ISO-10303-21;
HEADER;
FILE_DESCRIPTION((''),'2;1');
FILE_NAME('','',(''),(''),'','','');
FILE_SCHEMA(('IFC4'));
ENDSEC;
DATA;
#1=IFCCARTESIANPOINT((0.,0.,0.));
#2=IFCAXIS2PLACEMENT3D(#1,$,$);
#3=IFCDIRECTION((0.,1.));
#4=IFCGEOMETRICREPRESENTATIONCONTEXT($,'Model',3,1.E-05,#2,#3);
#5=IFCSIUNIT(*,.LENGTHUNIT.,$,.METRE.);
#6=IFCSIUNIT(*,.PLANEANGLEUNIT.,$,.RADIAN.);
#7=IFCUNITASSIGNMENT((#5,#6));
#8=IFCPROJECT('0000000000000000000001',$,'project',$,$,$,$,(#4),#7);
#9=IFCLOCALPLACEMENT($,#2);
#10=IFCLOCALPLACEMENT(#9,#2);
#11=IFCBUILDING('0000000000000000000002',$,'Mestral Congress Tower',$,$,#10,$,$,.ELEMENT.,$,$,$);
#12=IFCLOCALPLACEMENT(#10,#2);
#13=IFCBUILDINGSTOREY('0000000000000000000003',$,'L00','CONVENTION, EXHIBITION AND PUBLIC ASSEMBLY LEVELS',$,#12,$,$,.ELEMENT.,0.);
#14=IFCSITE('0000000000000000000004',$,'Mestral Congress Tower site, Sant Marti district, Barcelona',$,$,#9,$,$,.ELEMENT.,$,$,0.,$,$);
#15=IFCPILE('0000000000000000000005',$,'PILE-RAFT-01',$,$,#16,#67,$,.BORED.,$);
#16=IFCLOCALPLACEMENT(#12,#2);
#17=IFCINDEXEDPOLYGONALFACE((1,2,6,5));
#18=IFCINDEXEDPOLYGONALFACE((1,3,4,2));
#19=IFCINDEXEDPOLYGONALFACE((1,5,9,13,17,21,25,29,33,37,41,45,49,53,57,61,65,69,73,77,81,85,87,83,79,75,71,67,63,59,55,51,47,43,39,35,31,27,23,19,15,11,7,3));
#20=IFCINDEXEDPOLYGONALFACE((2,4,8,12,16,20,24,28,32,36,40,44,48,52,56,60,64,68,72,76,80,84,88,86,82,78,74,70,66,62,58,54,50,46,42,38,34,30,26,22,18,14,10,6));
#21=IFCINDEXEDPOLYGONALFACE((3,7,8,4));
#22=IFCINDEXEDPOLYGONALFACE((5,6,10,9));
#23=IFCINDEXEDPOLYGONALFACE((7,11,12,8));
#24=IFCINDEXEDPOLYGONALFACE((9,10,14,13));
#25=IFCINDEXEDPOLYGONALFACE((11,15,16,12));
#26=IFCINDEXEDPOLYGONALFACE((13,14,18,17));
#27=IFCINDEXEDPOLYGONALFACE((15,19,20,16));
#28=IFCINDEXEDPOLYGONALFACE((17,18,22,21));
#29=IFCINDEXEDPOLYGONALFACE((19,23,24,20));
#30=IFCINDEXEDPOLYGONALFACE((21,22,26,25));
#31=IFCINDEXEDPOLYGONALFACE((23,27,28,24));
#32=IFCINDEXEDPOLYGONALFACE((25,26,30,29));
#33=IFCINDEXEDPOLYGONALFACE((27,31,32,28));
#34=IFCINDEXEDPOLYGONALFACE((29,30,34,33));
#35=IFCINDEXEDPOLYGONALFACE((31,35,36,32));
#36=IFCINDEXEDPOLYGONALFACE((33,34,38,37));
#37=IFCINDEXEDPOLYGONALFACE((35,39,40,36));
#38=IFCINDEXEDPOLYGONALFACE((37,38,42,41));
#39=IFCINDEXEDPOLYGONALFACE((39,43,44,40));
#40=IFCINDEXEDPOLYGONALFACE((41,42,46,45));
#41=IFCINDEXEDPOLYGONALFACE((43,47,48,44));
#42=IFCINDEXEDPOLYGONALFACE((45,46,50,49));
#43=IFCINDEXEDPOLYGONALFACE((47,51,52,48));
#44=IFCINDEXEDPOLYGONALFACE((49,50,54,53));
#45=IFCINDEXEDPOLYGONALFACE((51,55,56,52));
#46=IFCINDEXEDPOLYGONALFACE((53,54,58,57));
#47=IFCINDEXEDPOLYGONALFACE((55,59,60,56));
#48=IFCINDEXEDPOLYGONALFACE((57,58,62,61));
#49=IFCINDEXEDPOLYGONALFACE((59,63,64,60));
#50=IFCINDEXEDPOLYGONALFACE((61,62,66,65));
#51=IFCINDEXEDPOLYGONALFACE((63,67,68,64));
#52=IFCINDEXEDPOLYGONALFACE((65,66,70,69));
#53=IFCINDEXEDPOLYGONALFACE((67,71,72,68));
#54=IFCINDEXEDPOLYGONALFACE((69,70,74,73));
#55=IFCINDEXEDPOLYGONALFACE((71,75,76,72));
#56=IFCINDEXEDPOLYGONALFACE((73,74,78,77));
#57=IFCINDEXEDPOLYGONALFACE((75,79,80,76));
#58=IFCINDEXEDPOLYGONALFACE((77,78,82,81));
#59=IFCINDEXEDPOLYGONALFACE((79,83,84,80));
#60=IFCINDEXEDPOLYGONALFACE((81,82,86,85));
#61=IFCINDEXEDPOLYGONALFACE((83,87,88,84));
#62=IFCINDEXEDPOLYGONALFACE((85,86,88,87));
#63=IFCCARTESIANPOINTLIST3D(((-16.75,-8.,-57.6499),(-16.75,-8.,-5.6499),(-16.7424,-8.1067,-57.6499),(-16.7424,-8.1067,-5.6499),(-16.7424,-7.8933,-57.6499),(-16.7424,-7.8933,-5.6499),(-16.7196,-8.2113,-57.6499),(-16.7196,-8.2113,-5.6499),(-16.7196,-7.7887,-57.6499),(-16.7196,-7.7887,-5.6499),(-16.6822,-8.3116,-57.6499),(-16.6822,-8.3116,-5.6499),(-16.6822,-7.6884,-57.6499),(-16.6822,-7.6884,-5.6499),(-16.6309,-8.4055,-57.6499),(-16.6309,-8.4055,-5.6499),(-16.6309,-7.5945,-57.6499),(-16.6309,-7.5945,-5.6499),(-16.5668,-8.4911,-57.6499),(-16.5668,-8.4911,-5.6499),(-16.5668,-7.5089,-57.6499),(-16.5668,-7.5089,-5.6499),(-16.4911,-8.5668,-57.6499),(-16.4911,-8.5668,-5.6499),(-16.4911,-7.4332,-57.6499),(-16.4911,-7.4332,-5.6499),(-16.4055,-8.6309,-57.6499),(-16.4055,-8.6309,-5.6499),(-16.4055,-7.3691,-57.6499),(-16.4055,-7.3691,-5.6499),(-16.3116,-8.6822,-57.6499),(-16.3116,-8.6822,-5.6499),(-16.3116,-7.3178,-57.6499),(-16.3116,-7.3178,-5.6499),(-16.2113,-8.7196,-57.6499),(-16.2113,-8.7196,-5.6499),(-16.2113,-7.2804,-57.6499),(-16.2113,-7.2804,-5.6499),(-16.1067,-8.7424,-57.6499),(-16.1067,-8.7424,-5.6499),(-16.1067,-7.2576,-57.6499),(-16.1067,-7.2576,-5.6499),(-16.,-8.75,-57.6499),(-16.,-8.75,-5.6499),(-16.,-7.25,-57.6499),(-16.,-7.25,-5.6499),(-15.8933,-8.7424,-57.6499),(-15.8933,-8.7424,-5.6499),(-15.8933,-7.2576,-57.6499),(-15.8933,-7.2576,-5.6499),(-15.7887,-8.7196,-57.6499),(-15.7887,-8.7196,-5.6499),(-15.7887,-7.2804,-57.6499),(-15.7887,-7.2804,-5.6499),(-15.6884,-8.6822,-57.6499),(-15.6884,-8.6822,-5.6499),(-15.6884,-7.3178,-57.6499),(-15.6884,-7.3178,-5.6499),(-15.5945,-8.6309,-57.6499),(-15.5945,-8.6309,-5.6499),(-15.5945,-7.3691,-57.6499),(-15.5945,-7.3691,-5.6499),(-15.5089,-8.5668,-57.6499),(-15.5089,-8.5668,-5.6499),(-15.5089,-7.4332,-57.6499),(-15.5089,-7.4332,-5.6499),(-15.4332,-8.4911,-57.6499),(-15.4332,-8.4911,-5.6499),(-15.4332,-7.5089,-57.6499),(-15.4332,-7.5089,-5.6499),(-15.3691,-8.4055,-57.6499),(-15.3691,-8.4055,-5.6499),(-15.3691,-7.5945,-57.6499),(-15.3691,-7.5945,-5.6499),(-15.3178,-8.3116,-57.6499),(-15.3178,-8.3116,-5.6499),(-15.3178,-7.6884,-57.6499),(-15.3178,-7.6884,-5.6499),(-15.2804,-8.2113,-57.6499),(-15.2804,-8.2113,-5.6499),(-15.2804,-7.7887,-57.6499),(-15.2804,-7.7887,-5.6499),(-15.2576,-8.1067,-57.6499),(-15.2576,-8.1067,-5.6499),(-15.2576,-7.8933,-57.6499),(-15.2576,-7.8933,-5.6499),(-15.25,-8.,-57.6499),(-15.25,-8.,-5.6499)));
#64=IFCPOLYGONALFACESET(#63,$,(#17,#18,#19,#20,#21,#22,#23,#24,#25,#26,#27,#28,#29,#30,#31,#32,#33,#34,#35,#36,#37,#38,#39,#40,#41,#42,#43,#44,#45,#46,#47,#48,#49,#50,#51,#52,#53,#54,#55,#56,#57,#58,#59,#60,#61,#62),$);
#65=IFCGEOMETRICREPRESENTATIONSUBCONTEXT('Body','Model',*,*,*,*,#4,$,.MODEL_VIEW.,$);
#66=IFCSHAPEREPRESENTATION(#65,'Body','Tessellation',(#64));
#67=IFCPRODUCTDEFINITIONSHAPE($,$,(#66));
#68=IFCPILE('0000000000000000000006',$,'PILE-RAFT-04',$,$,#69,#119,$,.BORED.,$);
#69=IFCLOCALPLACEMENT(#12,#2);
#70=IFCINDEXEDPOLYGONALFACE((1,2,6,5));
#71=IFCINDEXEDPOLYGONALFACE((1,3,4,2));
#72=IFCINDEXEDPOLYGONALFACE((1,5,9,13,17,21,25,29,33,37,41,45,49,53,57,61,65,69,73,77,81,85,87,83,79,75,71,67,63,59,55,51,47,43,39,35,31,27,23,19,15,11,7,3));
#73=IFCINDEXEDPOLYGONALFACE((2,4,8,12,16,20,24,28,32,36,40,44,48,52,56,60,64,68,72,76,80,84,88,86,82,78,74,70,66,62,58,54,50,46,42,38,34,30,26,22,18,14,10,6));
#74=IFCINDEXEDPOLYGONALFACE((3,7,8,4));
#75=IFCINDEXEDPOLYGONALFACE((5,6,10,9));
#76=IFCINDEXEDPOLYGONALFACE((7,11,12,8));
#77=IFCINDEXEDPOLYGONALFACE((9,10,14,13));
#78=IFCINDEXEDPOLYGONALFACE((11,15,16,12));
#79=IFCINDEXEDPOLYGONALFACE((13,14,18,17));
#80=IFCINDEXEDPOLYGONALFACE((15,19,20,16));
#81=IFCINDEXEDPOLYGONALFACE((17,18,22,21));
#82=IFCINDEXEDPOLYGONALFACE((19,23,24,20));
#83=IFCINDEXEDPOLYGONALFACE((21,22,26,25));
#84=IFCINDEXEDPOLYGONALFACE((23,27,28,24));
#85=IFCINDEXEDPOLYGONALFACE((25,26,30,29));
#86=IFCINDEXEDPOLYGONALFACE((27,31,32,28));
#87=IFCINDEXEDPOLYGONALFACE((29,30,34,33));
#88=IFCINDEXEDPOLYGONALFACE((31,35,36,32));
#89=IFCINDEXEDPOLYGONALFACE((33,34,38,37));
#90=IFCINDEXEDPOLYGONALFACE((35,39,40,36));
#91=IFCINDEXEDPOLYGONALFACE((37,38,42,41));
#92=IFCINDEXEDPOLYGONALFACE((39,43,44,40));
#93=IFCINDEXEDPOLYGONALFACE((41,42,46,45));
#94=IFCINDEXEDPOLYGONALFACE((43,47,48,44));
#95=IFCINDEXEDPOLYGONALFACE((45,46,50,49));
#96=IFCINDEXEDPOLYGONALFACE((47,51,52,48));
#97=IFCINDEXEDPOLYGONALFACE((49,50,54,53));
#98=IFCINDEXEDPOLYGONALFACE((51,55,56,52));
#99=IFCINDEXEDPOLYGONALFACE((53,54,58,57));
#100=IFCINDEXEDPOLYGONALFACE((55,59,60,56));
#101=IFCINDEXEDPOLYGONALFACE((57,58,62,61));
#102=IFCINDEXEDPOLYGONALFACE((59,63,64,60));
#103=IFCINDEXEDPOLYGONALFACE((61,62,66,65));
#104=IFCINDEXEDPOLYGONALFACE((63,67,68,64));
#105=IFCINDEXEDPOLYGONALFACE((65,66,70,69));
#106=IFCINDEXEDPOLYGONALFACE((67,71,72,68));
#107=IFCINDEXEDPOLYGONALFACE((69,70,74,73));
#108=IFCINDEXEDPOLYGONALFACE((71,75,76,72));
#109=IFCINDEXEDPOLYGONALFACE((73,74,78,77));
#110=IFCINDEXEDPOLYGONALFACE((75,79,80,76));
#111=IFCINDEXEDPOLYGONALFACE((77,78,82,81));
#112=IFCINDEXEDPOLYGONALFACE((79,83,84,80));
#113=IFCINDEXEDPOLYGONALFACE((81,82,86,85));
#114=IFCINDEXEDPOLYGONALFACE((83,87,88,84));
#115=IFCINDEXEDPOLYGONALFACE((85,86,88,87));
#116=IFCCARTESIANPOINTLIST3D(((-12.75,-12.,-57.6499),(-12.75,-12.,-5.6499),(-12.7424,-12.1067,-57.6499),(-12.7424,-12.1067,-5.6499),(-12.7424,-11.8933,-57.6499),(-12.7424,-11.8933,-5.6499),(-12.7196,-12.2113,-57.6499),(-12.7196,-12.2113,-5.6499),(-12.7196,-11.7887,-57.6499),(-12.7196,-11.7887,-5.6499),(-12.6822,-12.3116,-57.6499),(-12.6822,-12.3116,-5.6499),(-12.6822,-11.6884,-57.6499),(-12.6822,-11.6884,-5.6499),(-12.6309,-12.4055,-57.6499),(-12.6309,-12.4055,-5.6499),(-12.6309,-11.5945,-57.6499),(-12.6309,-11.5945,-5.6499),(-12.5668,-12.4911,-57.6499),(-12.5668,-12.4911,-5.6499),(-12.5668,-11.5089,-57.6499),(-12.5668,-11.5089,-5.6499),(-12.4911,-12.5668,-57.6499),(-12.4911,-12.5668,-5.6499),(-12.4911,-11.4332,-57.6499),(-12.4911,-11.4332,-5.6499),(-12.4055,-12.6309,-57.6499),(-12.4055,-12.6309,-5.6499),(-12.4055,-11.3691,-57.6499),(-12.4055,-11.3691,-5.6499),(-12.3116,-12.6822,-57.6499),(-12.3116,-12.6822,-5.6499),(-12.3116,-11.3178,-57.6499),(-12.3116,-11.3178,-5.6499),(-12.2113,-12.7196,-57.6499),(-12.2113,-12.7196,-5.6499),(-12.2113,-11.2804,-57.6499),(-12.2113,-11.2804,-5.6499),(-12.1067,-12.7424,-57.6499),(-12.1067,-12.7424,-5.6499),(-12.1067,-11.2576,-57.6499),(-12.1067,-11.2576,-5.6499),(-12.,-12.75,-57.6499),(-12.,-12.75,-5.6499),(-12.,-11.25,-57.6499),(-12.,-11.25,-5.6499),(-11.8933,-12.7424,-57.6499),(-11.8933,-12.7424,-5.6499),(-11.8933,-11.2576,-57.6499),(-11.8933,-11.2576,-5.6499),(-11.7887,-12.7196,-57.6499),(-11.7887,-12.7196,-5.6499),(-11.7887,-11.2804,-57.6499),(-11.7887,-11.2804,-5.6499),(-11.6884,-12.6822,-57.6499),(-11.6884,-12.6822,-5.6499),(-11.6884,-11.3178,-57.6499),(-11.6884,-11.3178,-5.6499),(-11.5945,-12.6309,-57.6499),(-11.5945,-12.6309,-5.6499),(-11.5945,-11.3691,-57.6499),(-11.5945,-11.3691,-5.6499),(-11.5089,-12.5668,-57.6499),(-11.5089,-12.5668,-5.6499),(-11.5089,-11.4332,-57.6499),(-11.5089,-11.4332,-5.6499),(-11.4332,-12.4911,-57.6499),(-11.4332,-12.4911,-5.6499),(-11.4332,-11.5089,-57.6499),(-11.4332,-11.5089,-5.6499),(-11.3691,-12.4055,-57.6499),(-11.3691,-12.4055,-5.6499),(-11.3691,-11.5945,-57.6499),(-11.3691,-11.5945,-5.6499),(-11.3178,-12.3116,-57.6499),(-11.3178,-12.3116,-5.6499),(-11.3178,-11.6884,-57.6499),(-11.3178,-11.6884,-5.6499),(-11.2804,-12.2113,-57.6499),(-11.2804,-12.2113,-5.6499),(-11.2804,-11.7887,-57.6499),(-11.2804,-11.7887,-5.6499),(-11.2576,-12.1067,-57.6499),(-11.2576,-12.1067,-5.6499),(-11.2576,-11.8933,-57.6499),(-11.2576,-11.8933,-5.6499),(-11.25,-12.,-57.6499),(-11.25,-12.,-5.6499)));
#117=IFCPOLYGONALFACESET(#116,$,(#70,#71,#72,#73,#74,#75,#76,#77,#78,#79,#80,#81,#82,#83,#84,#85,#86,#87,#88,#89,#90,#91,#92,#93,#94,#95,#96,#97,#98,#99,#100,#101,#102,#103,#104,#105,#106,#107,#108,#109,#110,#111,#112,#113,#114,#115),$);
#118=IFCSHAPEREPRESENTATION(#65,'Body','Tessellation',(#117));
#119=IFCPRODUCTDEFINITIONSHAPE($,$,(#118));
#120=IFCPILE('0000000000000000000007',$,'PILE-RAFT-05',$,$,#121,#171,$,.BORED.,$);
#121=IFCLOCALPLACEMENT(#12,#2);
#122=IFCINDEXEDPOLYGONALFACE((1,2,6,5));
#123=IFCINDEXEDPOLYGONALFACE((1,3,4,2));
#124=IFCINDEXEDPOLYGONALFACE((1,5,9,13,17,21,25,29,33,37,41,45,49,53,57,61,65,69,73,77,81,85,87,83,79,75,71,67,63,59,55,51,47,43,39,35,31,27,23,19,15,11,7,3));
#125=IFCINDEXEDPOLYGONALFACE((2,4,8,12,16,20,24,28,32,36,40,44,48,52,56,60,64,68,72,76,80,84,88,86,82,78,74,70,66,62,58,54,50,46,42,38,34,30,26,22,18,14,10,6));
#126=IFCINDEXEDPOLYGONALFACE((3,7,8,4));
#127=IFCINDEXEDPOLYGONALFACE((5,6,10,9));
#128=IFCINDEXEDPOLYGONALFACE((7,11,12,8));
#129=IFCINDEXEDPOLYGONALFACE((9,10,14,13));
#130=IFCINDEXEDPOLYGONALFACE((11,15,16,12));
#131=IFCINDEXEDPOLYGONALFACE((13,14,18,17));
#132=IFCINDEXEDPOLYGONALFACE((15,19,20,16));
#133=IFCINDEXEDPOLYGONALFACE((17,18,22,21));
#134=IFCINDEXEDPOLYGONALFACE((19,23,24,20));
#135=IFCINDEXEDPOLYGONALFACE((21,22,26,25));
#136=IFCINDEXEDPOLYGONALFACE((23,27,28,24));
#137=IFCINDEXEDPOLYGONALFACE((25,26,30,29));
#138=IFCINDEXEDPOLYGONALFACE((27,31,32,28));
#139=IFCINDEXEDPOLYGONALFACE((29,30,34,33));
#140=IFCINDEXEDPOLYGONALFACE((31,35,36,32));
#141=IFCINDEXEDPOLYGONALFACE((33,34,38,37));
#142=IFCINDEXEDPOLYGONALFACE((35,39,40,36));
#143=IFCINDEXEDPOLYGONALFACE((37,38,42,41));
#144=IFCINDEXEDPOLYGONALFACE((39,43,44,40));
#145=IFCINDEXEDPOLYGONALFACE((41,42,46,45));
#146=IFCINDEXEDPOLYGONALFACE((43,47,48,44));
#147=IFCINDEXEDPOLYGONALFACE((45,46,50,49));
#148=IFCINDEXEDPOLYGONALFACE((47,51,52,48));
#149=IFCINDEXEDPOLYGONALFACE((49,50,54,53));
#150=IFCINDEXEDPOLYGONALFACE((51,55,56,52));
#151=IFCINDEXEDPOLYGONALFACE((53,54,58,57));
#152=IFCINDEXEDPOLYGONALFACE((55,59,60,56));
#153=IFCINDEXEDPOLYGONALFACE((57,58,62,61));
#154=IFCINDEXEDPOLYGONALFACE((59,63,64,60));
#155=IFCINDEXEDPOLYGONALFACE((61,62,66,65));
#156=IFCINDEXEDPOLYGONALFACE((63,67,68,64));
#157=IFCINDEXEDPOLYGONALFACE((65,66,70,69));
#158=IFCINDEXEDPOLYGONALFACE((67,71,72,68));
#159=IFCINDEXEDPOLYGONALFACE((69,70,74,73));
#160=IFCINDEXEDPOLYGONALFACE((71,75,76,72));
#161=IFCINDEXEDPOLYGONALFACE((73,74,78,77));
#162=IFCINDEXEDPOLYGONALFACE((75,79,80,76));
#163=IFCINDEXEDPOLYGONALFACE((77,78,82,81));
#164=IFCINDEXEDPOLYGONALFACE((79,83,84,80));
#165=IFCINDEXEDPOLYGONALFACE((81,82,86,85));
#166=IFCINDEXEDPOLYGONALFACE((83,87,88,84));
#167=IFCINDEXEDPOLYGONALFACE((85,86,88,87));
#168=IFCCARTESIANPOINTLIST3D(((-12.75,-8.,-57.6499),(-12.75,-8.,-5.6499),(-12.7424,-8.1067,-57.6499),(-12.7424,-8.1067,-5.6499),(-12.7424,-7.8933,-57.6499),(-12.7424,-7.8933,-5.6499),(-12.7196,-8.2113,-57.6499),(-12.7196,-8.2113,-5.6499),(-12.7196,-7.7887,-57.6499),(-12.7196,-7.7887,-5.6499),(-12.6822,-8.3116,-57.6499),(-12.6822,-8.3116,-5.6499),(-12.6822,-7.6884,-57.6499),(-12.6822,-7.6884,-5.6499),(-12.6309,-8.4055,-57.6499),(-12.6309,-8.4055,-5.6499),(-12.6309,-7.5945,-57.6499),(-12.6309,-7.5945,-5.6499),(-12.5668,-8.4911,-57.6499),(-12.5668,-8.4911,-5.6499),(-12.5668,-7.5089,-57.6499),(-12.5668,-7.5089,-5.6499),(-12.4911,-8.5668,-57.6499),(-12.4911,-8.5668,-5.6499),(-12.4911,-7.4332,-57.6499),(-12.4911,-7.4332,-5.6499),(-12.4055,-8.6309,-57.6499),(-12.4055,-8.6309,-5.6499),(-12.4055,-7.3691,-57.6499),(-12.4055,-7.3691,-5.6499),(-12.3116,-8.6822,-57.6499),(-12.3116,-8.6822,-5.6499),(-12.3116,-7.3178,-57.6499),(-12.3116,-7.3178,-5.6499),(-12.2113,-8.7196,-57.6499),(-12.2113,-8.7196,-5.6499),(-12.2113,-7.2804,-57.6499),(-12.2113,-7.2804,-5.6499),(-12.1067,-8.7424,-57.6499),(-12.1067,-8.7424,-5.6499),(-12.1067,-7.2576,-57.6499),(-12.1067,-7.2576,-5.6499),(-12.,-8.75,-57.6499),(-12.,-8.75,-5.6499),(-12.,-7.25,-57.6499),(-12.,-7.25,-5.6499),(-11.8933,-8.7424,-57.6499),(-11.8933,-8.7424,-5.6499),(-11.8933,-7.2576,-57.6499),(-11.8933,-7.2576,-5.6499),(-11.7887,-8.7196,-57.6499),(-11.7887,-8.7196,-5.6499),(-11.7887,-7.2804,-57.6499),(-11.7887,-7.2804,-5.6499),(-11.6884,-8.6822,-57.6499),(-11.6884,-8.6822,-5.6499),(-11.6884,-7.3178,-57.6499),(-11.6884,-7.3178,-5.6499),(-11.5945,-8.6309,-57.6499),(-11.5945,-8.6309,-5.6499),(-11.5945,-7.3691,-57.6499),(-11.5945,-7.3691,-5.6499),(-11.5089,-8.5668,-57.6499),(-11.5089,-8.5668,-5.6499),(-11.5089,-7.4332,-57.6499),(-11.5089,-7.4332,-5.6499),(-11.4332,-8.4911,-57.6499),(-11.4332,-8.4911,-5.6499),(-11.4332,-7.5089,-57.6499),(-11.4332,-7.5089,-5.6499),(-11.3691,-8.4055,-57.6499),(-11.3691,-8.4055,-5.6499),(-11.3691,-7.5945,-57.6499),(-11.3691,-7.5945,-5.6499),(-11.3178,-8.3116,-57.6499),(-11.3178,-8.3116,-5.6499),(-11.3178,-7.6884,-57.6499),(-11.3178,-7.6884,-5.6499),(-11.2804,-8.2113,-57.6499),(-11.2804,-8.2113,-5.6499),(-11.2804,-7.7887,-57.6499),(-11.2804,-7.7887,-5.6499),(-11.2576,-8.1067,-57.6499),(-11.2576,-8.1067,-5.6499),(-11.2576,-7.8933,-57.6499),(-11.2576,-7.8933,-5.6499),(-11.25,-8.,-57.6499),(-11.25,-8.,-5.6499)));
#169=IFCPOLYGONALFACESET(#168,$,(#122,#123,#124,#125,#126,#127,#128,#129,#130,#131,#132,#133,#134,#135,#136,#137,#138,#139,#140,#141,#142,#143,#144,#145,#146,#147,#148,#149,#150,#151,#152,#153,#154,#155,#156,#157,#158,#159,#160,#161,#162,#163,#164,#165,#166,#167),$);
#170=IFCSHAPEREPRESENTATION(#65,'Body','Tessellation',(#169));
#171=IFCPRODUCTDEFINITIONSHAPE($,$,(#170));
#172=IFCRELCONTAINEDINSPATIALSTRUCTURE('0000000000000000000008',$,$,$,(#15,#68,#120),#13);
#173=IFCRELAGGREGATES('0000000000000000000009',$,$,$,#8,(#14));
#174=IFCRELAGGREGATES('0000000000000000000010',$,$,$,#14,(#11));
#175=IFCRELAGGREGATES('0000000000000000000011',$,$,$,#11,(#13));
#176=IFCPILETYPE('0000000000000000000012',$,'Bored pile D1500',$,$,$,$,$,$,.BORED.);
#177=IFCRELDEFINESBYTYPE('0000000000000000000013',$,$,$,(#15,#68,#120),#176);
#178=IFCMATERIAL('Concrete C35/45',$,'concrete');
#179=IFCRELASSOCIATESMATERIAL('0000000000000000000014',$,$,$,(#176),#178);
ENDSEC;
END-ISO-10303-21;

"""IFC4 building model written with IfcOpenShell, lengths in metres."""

from ifc_helpers import new_model, si_unit, direction, frame, origin, origin_2d, place, context, subcontext, project, spatial, circle, extrude, material, material_profile, profile_set, type_object, element, save


model = new_model("IFC4")

# Units and contexts
model_context = context("Model", 3, precision=1e-05, world=origin(), true_north=direction((0.0, 1.0)))
body_context = subcontext(model_context, "Body", "Model", "MODEL_VIEW")
ifc_project = project(units=[si_unit("LENGTHUNIT", "METRE"), si_unit("PLANEANGLEUNIT", "RADIAN")], contexts=[model_context])

# Site, building, storey
site_placement = place(None, origin())
site = spatial("IfcSite", under=ifc_project, at=site_placement, Name="Mestral Congress Tower site, Sant Marti district, Barcelona", CompositionType="ELEMENT", RefElevation=0.0)
building_placement = place(site_placement, origin())
building = spatial("IfcBuilding", under=site, at=building_placement, Name="Mestral Congress Tower", CompositionType="ELEMENT")
storey_placement = place(building_placement, origin())
storey = spatial("IfcBuildingStorey", under=building, at=storey_placement, Name="L00", Description="CONVENTION, EXHIBITION AND PUBLIC ASSEMBLY LEVELS", CompositionType="ELEMENT", Elevation=0.0)

# Piles
ifc_material_1 = material(Name="Concrete C35/45", Category="concrete")
ifc_material_profile = material_profile(ifc_material_1, circle(Radius=0.75, at=origin_2d()), Name="D1500")
ifc_profile_set = profile_set([ifc_material_profile], Name="Concrete C35/45")
pile_type = type_object("IfcPileType", Name="Bored pile D1500", PredefinedType="BORED", material=ifc_profile_set)
for number, where, z_axis, x_axis, name in (
    (1, (-16.0, -8.0, -5.6499), (0.0, 0.0, -1.0), (1.0, 0.0, 0.0), "PILE-RAFT-01"),
    (2, (-12.0, -12.0, -5.6499), (0.0, 0.0, -1.0), (1.0, 0.0, 0.0), "PILE-RAFT-04"),
    (3, (-12.0, -8.0, -5.6499), (0.0, 0.0, -1.0), (1.0, 0.0, 0.0), "PILE-RAFT-05"),
):
    element("IfcPile", number, at=place(storey_placement, frame(where, z_axis=z_axis, x_axis=x_axis)), inside=storey, type_object=pile_type, Name=name, PredefinedType="BORED", context=body_context, shape_type="SweptSolid", body=[
        extrude(circle(Radius=0.75, at=origin_2d()), origin(), (0.0, 0.0, 1.0), 52.0),
    ])

save(model, "model.ifc")
